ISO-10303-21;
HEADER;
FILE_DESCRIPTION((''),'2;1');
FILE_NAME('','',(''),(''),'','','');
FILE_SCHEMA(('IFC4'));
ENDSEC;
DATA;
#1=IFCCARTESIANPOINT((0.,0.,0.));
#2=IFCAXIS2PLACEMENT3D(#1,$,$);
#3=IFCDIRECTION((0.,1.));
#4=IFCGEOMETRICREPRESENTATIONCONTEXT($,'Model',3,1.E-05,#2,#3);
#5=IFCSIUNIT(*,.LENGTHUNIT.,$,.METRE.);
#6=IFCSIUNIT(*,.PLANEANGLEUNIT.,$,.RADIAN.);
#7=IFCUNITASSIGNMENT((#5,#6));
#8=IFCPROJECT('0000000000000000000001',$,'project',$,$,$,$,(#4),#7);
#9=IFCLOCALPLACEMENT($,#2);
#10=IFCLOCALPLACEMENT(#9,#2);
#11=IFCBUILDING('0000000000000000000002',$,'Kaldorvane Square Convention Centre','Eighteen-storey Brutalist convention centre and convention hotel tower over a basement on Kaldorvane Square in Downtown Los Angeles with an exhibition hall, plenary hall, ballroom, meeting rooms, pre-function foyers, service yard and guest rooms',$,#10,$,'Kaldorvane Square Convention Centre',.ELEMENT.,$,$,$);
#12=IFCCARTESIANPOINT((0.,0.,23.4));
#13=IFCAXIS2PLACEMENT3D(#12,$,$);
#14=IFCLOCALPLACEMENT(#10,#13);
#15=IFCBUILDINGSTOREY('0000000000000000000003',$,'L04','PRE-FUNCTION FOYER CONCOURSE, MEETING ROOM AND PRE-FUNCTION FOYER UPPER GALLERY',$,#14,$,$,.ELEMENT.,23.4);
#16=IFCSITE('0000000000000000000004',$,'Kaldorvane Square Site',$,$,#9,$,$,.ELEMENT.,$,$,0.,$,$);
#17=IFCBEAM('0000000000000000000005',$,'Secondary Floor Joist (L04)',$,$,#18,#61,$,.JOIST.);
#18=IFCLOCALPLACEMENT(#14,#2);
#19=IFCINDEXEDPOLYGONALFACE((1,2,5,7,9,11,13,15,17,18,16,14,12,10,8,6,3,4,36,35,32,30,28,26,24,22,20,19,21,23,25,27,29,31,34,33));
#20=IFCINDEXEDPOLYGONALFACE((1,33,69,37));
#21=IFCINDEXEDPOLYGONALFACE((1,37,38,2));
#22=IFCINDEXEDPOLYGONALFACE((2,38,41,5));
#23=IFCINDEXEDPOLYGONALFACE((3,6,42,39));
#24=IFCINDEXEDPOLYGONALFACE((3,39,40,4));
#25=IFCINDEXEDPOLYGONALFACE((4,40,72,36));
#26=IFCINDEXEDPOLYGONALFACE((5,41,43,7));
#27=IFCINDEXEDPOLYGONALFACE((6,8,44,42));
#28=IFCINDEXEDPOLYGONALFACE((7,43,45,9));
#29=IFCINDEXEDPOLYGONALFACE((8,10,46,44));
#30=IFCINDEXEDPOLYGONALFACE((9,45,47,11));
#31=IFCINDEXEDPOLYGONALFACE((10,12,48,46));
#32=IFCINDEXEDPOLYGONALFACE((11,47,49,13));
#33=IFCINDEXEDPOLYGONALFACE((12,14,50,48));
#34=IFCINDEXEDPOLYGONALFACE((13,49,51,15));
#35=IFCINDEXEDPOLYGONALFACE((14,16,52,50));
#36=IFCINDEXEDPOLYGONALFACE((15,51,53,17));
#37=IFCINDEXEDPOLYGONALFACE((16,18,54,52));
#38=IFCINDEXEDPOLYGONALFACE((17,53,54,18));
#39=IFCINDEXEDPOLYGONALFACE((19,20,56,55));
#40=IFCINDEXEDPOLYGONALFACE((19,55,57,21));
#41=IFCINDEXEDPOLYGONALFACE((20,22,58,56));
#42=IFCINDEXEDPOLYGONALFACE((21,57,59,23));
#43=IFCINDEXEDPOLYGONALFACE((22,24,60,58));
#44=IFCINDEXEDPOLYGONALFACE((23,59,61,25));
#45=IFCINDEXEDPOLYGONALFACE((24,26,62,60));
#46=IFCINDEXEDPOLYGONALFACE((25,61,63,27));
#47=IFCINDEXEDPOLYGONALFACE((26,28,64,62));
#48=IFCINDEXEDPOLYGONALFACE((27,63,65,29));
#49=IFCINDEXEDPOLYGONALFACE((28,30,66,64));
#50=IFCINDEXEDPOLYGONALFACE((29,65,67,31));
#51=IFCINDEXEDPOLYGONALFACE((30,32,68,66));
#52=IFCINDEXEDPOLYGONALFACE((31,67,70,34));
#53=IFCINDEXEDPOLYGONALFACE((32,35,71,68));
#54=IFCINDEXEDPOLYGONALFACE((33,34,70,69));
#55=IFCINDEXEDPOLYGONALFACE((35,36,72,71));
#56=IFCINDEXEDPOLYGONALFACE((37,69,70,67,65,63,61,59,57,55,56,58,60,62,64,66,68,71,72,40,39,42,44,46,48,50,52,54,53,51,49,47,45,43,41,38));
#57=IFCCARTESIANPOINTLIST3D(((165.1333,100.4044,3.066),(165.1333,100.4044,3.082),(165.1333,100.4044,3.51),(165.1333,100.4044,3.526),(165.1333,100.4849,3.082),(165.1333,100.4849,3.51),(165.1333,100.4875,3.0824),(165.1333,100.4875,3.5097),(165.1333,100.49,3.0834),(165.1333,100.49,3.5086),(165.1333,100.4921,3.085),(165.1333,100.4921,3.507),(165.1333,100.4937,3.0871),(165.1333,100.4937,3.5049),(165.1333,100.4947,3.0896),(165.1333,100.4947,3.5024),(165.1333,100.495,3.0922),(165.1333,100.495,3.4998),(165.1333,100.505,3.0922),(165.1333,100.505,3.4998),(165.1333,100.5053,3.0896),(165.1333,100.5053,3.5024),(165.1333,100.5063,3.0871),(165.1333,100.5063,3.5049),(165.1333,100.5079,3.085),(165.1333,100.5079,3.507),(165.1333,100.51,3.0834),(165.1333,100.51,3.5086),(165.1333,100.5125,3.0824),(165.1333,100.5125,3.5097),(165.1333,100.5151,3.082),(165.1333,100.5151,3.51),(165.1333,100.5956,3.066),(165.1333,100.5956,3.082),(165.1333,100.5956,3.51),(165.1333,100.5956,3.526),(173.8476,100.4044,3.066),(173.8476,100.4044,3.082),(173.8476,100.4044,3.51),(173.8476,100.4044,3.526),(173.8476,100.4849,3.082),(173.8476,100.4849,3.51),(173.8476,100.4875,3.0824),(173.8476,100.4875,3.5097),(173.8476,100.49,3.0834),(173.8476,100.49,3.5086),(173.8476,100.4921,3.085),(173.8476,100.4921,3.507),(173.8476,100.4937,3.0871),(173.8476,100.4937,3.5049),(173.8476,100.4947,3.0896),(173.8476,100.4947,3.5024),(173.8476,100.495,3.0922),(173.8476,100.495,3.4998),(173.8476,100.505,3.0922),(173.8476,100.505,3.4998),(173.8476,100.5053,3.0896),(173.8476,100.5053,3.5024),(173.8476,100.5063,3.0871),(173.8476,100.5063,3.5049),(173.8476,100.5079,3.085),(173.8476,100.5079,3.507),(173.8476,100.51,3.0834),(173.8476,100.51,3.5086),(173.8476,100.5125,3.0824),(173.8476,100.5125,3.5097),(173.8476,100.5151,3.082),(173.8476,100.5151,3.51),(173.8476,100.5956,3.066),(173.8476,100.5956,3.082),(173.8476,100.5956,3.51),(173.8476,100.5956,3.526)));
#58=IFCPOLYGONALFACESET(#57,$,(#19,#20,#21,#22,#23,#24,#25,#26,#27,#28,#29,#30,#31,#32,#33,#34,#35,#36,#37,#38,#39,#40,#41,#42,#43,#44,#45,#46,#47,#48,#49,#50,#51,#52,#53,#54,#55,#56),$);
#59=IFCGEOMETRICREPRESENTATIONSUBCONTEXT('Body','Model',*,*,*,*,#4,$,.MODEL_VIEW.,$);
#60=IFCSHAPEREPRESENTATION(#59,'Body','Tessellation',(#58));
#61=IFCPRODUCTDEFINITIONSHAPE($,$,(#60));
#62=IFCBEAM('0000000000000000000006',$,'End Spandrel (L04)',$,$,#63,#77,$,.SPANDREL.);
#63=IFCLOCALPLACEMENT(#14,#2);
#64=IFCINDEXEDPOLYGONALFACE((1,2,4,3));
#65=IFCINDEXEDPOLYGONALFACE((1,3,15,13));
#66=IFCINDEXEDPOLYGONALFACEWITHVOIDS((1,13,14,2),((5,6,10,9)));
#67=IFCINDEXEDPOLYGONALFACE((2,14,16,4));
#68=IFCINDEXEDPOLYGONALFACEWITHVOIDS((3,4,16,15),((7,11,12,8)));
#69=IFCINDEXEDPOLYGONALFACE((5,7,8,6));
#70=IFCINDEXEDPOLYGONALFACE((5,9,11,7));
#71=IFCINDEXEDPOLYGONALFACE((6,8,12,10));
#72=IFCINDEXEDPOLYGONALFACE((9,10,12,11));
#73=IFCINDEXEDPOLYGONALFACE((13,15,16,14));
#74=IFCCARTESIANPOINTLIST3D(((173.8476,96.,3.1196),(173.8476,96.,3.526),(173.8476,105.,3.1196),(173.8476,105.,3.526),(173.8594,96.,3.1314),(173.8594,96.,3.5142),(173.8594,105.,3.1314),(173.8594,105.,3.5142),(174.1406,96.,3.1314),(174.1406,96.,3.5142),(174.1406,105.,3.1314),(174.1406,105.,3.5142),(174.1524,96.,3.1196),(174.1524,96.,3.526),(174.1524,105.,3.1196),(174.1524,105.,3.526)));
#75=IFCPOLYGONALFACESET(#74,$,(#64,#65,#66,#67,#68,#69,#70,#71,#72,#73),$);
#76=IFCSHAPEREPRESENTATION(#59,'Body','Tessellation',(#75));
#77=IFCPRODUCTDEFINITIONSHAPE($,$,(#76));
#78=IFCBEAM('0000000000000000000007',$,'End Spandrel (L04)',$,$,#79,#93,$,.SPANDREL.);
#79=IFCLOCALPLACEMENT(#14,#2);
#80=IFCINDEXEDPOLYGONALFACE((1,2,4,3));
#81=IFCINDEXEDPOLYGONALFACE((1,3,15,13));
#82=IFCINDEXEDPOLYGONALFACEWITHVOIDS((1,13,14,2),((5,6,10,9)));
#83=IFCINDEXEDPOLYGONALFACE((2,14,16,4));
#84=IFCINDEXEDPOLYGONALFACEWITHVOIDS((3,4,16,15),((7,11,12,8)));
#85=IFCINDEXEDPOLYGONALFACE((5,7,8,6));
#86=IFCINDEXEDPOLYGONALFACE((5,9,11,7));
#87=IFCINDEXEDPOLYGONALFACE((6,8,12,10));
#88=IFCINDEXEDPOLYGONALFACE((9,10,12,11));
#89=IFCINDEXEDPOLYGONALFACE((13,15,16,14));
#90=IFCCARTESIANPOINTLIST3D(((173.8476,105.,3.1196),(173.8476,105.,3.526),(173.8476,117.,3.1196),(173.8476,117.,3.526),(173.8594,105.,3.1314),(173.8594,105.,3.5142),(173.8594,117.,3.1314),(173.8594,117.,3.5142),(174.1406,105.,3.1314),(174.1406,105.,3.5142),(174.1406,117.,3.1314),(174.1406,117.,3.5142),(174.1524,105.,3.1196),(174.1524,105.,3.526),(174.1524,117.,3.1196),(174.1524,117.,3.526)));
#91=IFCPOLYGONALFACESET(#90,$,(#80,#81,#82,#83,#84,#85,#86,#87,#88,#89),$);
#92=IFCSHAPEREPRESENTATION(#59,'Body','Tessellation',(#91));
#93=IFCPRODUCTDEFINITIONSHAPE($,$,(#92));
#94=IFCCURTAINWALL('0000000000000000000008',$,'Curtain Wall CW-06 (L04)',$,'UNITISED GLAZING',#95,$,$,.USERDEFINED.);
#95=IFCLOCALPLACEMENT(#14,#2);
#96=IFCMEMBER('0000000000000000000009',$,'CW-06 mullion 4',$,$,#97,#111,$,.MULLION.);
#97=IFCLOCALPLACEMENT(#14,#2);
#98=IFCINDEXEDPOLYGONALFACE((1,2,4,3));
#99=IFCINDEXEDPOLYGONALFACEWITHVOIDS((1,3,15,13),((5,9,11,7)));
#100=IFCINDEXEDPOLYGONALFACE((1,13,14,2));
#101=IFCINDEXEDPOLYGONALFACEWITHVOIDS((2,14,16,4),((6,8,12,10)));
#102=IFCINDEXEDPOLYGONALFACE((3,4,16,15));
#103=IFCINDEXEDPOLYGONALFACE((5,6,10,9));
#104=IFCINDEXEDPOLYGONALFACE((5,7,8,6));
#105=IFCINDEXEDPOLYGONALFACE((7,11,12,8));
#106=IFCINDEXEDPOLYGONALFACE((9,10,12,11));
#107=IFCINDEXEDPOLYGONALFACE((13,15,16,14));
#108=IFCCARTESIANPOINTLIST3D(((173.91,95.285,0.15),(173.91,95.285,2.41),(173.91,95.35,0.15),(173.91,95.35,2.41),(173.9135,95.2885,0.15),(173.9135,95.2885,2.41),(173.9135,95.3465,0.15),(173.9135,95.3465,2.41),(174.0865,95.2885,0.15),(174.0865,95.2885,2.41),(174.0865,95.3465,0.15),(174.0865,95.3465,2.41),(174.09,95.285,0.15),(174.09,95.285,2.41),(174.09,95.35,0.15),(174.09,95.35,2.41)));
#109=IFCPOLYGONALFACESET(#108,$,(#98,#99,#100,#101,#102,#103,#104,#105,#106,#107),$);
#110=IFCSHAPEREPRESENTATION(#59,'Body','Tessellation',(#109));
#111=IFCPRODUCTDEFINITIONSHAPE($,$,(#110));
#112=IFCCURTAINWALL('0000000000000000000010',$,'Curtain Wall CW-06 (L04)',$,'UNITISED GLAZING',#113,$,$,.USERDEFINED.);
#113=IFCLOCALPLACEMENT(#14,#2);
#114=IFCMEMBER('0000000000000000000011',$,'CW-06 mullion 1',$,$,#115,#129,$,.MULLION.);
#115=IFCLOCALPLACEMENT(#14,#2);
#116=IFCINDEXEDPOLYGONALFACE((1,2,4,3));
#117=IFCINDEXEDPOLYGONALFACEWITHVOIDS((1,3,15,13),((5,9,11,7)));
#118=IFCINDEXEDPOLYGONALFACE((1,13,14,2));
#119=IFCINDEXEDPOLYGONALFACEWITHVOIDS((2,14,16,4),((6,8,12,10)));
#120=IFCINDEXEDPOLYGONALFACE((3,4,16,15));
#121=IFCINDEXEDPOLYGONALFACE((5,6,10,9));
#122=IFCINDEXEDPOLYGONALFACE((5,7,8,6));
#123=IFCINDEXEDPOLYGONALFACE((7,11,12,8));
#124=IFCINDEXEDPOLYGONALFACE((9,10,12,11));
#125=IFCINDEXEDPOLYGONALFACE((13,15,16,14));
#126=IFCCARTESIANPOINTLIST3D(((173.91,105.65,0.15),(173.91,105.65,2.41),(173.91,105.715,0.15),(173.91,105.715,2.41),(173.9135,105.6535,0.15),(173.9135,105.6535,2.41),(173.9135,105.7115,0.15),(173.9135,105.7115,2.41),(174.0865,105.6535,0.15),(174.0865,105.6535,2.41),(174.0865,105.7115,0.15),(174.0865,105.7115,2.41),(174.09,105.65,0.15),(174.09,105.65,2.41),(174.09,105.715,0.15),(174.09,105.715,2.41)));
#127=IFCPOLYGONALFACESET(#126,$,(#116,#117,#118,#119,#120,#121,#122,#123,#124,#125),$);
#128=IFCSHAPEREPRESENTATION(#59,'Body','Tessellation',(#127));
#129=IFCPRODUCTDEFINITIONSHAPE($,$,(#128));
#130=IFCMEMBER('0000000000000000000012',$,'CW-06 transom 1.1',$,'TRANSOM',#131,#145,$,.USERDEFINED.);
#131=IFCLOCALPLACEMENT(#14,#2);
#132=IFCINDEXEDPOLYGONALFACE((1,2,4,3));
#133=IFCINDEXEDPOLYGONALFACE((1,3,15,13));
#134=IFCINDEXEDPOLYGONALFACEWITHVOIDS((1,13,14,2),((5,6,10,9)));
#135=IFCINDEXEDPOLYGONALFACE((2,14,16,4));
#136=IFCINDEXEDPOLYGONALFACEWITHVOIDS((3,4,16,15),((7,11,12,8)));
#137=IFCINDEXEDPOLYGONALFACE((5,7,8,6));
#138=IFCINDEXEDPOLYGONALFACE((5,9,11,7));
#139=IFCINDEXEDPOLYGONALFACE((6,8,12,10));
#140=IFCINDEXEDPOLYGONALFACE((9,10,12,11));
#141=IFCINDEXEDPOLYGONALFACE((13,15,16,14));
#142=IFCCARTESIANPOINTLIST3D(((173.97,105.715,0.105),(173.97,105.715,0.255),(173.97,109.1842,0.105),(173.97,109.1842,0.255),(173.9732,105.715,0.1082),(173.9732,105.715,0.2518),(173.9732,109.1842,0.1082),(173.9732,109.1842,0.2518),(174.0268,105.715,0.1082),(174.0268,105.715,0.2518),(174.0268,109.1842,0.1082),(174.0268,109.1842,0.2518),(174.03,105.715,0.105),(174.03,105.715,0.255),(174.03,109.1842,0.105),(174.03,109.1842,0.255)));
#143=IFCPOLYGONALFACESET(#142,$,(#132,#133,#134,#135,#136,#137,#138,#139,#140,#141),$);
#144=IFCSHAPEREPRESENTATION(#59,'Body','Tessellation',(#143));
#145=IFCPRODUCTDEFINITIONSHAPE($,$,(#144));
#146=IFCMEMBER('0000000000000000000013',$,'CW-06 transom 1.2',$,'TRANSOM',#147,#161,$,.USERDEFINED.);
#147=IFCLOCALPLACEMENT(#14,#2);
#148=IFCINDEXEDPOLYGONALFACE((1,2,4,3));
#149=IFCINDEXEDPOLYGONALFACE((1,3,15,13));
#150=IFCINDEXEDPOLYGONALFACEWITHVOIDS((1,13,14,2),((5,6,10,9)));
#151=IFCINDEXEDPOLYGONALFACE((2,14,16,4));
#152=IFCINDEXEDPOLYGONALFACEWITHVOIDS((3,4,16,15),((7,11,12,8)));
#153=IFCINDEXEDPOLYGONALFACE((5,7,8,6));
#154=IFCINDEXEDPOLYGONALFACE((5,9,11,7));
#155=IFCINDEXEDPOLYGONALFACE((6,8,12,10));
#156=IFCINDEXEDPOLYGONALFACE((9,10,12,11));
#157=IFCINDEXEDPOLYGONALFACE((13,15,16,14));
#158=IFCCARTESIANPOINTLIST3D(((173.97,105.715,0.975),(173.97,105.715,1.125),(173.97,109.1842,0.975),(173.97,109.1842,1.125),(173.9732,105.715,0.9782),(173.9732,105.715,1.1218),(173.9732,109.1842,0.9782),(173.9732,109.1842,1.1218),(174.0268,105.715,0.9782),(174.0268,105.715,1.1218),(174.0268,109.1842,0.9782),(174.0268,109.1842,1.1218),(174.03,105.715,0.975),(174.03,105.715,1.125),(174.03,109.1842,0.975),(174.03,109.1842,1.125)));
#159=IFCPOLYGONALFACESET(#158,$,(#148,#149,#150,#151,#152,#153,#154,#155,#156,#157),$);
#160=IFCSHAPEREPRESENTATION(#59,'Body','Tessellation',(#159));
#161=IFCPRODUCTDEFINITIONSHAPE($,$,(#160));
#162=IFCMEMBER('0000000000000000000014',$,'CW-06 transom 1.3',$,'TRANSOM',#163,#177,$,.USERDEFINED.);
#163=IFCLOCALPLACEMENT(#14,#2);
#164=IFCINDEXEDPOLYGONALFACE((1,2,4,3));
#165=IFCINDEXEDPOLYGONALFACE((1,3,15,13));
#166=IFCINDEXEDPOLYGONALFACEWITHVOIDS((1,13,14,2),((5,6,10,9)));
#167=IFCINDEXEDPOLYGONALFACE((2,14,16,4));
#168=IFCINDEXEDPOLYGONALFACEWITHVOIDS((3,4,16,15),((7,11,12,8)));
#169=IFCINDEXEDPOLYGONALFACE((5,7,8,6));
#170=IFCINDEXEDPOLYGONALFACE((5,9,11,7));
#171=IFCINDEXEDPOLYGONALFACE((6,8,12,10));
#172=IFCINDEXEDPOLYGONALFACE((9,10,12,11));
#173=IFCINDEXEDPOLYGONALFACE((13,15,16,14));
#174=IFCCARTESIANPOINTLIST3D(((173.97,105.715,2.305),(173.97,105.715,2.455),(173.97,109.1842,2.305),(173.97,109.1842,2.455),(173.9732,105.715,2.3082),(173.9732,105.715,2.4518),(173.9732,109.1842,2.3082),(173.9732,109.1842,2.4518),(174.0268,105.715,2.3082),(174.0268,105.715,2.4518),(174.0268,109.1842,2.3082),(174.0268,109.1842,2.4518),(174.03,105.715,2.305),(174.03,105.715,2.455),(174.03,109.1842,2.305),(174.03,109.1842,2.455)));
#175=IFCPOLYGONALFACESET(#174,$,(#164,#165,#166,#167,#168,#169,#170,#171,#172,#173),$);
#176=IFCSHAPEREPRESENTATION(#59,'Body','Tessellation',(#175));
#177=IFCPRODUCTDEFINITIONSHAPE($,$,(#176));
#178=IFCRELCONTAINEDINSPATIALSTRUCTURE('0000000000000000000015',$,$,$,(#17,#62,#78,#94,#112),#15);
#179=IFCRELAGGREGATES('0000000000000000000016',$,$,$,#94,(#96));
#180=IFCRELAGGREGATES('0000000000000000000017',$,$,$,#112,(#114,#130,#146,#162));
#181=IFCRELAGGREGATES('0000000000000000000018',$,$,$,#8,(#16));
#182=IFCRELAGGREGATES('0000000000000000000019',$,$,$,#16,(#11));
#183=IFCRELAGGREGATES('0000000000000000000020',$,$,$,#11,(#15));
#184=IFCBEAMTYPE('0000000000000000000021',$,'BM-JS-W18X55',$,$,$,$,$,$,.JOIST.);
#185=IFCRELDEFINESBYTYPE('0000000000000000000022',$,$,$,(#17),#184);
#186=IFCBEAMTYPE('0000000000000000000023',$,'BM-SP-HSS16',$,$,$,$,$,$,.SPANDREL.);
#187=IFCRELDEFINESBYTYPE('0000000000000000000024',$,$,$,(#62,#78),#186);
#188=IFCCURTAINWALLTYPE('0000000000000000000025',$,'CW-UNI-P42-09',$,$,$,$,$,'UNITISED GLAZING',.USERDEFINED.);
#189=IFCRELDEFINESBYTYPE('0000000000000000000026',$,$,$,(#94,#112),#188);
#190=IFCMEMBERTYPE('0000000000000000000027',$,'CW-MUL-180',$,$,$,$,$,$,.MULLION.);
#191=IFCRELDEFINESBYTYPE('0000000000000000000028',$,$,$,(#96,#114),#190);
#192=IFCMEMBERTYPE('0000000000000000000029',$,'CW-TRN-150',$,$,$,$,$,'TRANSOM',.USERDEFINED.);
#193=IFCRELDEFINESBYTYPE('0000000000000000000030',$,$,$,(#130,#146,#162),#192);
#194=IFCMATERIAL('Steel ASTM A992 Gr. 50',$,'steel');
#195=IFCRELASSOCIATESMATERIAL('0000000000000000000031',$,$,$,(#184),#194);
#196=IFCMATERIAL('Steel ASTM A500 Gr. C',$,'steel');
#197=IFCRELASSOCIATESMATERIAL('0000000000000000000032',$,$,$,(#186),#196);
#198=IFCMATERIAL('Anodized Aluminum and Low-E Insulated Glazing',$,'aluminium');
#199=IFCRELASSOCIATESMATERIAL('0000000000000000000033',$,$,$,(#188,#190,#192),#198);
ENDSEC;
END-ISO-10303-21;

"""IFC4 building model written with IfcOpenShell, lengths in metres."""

from ifc_helpers import new_model, si_unit, direction, frame, origin, origin_2d, place, context, subcontext, project, spatial, hollow_rectangle, i_section, extrude, material, material_profile, profile_set, type_object, element, aggregate, save


model = new_model("IFC4")

# Units and contexts
model_context = context("Model", 3, precision=1e-05, world=origin(), true_north=direction((0.0, 1.0)))
body_context = subcontext(model_context, "Body", "Model", "MODEL_VIEW")
ifc_project = project(units=[si_unit("LENGTHUNIT", "METRE"), si_unit("PLANEANGLEUNIT", "RADIAN")], contexts=[model_context])

# Site, building, storey
site_placement = place(None, origin())
site = spatial("IfcSite", under=ifc_project, at=site_placement, Name="Kaldorvane Square Site", CompositionType="ELEMENT", RefElevation=0.0)
building_placement = place(site_placement, origin())
building = spatial("IfcBuilding", under=site, at=building_placement, Name="Kaldorvane Square Convention Centre", Description="Eighteen-storey Brutalist convention centre and convention hotel tower over a basement on Kaldorvane Square in Downtown Los Angeles with an exhibition hall, plenary hall, ballroom, meeting rooms, pre-function foyers, service yard and guest rooms", LongName="Kaldorvane Square Convention Centre", CompositionType="ELEMENT")
storey_placement = place(building_placement, frame((0.0, 0.0, 23.4)))
storey = spatial("IfcBuildingStorey", under=building, at=storey_placement, Name="L04", Description="PRE-FUNCTION FOYER CONCOURSE, MEETING ROOM AND PRE-FUNCTION FOYER UPPER GALLERY", CompositionType="ELEMENT", Elevation=23.4)

# Shared definitions
ifc_material_1 = material(Name="Steel ASTM A992 Gr. 50", Category="steel")

# Beams
ifc_material_profile_1 = material_profile(ifc_material_1, i_section(OverallWidth=0.1913, OverallDepth=0.46, WebThickness=0.0099, FlangeThickness=0.016, FilletRadius=0.0102, at=origin_2d()), Name="W18X55")
ifc_profile_set_1 = profile_set([ifc_material_profile_1], Name="Steel ASTM A992 Gr. 50")
beam_type_1 = type_object("IfcBeamType", Name="BM-JS-W18X55", PredefinedType="JOIST", material=ifc_profile_set_1)
beam_1_placement = place(storey_placement, frame((165.1333, 100.5, 3.296), z_axis=(1.0, 0.0, 0.0), x_axis=(0.0, 1.0, 0.0)))
element("IfcBeam", 1, at=beam_1_placement, inside=storey, type_object=beam_type_1, Name="Secondary Floor Joist (L04)", PredefinedType="JOIST", context=body_context, shape_type="SweptSolid", body=[
    extrude(i_section(OverallWidth=0.1913, OverallDepth=0.46, WebThickness=0.0099, FlangeThickness=0.016, FilletRadius=0.0102, at=origin_2d()), origin(), (0.0, 0.0, 1.0), 8.7143),
])
ifc_material_2 = material(Name="Steel ASTM A500 Gr. C", Category="steel")
ifc_material_profile_2 = material_profile(ifc_material_2, hollow_rectangle(XDim=0.3048, YDim=0.4064, WallThickness=0.0118, at=origin_2d()), Name="HSS16X12X1/2")
ifc_profile_set_2 = profile_set([ifc_material_profile_2], Name="Steel ASTM A500 Gr. C")
beam_type_2 = type_object("IfcBeamType", Name="BM-SP-HSS16", PredefinedType="SPANDREL", material=ifc_profile_set_2)
beam_2_placement = place(storey_placement, frame((174.0, 96.0, 3.3228), z_axis=(0.0, 1.0, 0.0), x_axis=(-1.0, 0.0, 0.0)))
element("IfcBeam", 2, at=beam_2_placement, inside=storey, type_object=beam_type_2, Name="End Spandrel (L04)", PredefinedType="SPANDREL", context=body_context, shape_type="SweptSolid", body=[
    extrude(hollow_rectangle(XDim=0.3048, YDim=0.4064, WallThickness=0.0118, at=origin_2d()), origin(), (0.0, 0.0, 1.0), 9.0),
])
beam_3_placement = place(storey_placement, frame((174.0, 105.0, 3.3228), z_axis=(0.0, 1.0, 0.0), x_axis=(-1.0, 0.0, 0.0)))
element("IfcBeam", 3, at=beam_3_placement, inside=storey, type_object=beam_type_2, Name="End Spandrel (L04)", PredefinedType="SPANDREL", context=body_context, shape_type="SweptSolid", body=[
    extrude(hollow_rectangle(XDim=0.3048, YDim=0.4064, WallThickness=0.0118, at=origin_2d()), origin(), (0.0, 0.0, 1.0), 12.0),
])

# Curtain wall, member
ifc_material_3 = material(Name="Anodized Aluminum and Low-E Insulated Glazing", Category="aluminium")
curtain_wall_type = type_object("IfcCurtainWallType", Name="CW-UNI-P42-09", ElementType="UNITISED GLAZING", PredefinedType="USERDEFINED", material=ifc_material_3)
curtain_wall_1_placement = place(storey_placement, origin())
curtain_wall_1 = element("IfcCurtainWall", 4, at=curtain_wall_1_placement, inside=storey, type_object=curtain_wall_type, Name="Curtain Wall CW-06 (L04)", ObjectType="UNITISED GLAZING", PredefinedType="USERDEFINED")
ifc_material_profile_3 = material_profile(ifc_material_3, hollow_rectangle(XDim=0.065, YDim=0.18, WallThickness=0.0035, at=origin_2d()), Name="CWM-180X65")
ifc_profile_set_3 = profile_set([ifc_material_profile_3], Name="Anodized Aluminum and Low-E Insulated Glazing")
member_type_1 = type_object("IfcMemberType", Name="CW-MUL-180", PredefinedType="MULLION", material=ifc_profile_set_3)
member_1_placement = place(storey_placement, frame((174.0, 95.3175, 0.15), z_axis=(0.0, 0.0, 1.0), x_axis=(0.0, 1.0, 0.0)))
member_1 = element("IfcMember", 5, at=member_1_placement, type_object=member_type_1, Name="CW-06 mullion 4", PredefinedType="MULLION", context=body_context, shape_type="SweptSolid", body=[
    extrude(hollow_rectangle(XDim=0.065, YDim=0.18, WallThickness=0.0035, at=origin_2d()), origin(), (0.0, 0.0, 1.0), 2.26),
])

# Curtain wall, members
curtain_wall_2_placement = place(storey_placement, origin())
curtain_wall_2 = element("IfcCurtainWall", 6, at=curtain_wall_2_placement, inside=storey, type_object=curtain_wall_type, Name="Curtain Wall CW-06 (L04)", ObjectType="UNITISED GLAZING", PredefinedType="USERDEFINED")
member_2_placement = place(storey_placement, frame((174.0, 105.6825, 0.15), z_axis=(0.0, 0.0, 1.0), x_axis=(0.0, 1.0, 0.0)))
member_2 = element("IfcMember", 7, at=member_2_placement, type_object=member_type_1, Name="CW-06 mullion 1", PredefinedType="MULLION", context=body_context, shape_type="SweptSolid", body=[
    extrude(hollow_rectangle(XDim=0.065, YDim=0.18, WallThickness=0.0035, at=origin_2d()), origin(), (0.0, 0.0, 1.0), 2.26),
])
ifc_material_profile_4 = material_profile(ifc_material_3, hollow_rectangle(XDim=0.06, YDim=0.15, WallThickness=0.0032, at=origin_2d()), Name="CWT-150X60")
ifc_profile_set_4 = profile_set([ifc_material_profile_4], Name="Anodized Aluminum and Low-E Insulated Glazing")
member_type_2 = type_object("IfcMemberType", Name="CW-TRN-150", ElementType="TRANSOM", PredefinedType="USERDEFINED", material=ifc_profile_set_4)
member_3_placement = place(storey_placement, frame((174.0, 105.715, 0.18), z_axis=(0.0, 1.0, 0.0), x_axis=(-1.0, 0.0, 0.0)))
member_3 = element("IfcMember", 8, at=member_3_placement, type_object=member_type_2, Name="CW-06 transom 1.1", ObjectType="TRANSOM", PredefinedType="USERDEFINED", context=body_context, shape_type="SweptSolid", body=[
    extrude(hollow_rectangle(XDim=0.06, YDim=0.15, WallThickness=0.0032, at=origin_2d()), origin(), (0.0, 0.0, 1.0), 3.4692),
])
member_4_placement = place(storey_placement, frame((174.0, 105.715, 1.05), z_axis=(0.0, 1.0, 0.0), x_axis=(-1.0, 0.0, 0.0)))
member_4 = element("IfcMember", 9, at=member_4_placement, type_object=member_type_2, Name="CW-06 transom 1.2", ObjectType="TRANSOM", PredefinedType="USERDEFINED", context=body_context, shape_type="SweptSolid", body=[
    extrude(hollow_rectangle(XDim=0.06, YDim=0.15, WallThickness=0.0032, at=origin_2d()), origin(), (0.0, 0.0, 1.0), 3.4692),
])
member_5_placement = place(storey_placement, frame((174.0, 105.715, 2.38), z_axis=(0.0, 1.0, 0.0), x_axis=(-1.0, 0.0, 0.0)))
member_5 = element("IfcMember", 10, at=member_5_placement, type_object=member_type_2, Name="CW-06 transom 1.3", ObjectType="TRANSOM", PredefinedType="USERDEFINED", context=body_context, shape_type="SweptSolid", body=[
    extrude(hollow_rectangle(XDim=0.06, YDim=0.15, WallThickness=0.0032, at=origin_2d()), origin(), (0.0, 0.0, 1.0), 3.4692),
])

aggregate(curtain_wall_1, [member_1])
aggregate(curtain_wall_2, [member_2, member_3, member_4, member_5])

save(model, "model.ifc")
